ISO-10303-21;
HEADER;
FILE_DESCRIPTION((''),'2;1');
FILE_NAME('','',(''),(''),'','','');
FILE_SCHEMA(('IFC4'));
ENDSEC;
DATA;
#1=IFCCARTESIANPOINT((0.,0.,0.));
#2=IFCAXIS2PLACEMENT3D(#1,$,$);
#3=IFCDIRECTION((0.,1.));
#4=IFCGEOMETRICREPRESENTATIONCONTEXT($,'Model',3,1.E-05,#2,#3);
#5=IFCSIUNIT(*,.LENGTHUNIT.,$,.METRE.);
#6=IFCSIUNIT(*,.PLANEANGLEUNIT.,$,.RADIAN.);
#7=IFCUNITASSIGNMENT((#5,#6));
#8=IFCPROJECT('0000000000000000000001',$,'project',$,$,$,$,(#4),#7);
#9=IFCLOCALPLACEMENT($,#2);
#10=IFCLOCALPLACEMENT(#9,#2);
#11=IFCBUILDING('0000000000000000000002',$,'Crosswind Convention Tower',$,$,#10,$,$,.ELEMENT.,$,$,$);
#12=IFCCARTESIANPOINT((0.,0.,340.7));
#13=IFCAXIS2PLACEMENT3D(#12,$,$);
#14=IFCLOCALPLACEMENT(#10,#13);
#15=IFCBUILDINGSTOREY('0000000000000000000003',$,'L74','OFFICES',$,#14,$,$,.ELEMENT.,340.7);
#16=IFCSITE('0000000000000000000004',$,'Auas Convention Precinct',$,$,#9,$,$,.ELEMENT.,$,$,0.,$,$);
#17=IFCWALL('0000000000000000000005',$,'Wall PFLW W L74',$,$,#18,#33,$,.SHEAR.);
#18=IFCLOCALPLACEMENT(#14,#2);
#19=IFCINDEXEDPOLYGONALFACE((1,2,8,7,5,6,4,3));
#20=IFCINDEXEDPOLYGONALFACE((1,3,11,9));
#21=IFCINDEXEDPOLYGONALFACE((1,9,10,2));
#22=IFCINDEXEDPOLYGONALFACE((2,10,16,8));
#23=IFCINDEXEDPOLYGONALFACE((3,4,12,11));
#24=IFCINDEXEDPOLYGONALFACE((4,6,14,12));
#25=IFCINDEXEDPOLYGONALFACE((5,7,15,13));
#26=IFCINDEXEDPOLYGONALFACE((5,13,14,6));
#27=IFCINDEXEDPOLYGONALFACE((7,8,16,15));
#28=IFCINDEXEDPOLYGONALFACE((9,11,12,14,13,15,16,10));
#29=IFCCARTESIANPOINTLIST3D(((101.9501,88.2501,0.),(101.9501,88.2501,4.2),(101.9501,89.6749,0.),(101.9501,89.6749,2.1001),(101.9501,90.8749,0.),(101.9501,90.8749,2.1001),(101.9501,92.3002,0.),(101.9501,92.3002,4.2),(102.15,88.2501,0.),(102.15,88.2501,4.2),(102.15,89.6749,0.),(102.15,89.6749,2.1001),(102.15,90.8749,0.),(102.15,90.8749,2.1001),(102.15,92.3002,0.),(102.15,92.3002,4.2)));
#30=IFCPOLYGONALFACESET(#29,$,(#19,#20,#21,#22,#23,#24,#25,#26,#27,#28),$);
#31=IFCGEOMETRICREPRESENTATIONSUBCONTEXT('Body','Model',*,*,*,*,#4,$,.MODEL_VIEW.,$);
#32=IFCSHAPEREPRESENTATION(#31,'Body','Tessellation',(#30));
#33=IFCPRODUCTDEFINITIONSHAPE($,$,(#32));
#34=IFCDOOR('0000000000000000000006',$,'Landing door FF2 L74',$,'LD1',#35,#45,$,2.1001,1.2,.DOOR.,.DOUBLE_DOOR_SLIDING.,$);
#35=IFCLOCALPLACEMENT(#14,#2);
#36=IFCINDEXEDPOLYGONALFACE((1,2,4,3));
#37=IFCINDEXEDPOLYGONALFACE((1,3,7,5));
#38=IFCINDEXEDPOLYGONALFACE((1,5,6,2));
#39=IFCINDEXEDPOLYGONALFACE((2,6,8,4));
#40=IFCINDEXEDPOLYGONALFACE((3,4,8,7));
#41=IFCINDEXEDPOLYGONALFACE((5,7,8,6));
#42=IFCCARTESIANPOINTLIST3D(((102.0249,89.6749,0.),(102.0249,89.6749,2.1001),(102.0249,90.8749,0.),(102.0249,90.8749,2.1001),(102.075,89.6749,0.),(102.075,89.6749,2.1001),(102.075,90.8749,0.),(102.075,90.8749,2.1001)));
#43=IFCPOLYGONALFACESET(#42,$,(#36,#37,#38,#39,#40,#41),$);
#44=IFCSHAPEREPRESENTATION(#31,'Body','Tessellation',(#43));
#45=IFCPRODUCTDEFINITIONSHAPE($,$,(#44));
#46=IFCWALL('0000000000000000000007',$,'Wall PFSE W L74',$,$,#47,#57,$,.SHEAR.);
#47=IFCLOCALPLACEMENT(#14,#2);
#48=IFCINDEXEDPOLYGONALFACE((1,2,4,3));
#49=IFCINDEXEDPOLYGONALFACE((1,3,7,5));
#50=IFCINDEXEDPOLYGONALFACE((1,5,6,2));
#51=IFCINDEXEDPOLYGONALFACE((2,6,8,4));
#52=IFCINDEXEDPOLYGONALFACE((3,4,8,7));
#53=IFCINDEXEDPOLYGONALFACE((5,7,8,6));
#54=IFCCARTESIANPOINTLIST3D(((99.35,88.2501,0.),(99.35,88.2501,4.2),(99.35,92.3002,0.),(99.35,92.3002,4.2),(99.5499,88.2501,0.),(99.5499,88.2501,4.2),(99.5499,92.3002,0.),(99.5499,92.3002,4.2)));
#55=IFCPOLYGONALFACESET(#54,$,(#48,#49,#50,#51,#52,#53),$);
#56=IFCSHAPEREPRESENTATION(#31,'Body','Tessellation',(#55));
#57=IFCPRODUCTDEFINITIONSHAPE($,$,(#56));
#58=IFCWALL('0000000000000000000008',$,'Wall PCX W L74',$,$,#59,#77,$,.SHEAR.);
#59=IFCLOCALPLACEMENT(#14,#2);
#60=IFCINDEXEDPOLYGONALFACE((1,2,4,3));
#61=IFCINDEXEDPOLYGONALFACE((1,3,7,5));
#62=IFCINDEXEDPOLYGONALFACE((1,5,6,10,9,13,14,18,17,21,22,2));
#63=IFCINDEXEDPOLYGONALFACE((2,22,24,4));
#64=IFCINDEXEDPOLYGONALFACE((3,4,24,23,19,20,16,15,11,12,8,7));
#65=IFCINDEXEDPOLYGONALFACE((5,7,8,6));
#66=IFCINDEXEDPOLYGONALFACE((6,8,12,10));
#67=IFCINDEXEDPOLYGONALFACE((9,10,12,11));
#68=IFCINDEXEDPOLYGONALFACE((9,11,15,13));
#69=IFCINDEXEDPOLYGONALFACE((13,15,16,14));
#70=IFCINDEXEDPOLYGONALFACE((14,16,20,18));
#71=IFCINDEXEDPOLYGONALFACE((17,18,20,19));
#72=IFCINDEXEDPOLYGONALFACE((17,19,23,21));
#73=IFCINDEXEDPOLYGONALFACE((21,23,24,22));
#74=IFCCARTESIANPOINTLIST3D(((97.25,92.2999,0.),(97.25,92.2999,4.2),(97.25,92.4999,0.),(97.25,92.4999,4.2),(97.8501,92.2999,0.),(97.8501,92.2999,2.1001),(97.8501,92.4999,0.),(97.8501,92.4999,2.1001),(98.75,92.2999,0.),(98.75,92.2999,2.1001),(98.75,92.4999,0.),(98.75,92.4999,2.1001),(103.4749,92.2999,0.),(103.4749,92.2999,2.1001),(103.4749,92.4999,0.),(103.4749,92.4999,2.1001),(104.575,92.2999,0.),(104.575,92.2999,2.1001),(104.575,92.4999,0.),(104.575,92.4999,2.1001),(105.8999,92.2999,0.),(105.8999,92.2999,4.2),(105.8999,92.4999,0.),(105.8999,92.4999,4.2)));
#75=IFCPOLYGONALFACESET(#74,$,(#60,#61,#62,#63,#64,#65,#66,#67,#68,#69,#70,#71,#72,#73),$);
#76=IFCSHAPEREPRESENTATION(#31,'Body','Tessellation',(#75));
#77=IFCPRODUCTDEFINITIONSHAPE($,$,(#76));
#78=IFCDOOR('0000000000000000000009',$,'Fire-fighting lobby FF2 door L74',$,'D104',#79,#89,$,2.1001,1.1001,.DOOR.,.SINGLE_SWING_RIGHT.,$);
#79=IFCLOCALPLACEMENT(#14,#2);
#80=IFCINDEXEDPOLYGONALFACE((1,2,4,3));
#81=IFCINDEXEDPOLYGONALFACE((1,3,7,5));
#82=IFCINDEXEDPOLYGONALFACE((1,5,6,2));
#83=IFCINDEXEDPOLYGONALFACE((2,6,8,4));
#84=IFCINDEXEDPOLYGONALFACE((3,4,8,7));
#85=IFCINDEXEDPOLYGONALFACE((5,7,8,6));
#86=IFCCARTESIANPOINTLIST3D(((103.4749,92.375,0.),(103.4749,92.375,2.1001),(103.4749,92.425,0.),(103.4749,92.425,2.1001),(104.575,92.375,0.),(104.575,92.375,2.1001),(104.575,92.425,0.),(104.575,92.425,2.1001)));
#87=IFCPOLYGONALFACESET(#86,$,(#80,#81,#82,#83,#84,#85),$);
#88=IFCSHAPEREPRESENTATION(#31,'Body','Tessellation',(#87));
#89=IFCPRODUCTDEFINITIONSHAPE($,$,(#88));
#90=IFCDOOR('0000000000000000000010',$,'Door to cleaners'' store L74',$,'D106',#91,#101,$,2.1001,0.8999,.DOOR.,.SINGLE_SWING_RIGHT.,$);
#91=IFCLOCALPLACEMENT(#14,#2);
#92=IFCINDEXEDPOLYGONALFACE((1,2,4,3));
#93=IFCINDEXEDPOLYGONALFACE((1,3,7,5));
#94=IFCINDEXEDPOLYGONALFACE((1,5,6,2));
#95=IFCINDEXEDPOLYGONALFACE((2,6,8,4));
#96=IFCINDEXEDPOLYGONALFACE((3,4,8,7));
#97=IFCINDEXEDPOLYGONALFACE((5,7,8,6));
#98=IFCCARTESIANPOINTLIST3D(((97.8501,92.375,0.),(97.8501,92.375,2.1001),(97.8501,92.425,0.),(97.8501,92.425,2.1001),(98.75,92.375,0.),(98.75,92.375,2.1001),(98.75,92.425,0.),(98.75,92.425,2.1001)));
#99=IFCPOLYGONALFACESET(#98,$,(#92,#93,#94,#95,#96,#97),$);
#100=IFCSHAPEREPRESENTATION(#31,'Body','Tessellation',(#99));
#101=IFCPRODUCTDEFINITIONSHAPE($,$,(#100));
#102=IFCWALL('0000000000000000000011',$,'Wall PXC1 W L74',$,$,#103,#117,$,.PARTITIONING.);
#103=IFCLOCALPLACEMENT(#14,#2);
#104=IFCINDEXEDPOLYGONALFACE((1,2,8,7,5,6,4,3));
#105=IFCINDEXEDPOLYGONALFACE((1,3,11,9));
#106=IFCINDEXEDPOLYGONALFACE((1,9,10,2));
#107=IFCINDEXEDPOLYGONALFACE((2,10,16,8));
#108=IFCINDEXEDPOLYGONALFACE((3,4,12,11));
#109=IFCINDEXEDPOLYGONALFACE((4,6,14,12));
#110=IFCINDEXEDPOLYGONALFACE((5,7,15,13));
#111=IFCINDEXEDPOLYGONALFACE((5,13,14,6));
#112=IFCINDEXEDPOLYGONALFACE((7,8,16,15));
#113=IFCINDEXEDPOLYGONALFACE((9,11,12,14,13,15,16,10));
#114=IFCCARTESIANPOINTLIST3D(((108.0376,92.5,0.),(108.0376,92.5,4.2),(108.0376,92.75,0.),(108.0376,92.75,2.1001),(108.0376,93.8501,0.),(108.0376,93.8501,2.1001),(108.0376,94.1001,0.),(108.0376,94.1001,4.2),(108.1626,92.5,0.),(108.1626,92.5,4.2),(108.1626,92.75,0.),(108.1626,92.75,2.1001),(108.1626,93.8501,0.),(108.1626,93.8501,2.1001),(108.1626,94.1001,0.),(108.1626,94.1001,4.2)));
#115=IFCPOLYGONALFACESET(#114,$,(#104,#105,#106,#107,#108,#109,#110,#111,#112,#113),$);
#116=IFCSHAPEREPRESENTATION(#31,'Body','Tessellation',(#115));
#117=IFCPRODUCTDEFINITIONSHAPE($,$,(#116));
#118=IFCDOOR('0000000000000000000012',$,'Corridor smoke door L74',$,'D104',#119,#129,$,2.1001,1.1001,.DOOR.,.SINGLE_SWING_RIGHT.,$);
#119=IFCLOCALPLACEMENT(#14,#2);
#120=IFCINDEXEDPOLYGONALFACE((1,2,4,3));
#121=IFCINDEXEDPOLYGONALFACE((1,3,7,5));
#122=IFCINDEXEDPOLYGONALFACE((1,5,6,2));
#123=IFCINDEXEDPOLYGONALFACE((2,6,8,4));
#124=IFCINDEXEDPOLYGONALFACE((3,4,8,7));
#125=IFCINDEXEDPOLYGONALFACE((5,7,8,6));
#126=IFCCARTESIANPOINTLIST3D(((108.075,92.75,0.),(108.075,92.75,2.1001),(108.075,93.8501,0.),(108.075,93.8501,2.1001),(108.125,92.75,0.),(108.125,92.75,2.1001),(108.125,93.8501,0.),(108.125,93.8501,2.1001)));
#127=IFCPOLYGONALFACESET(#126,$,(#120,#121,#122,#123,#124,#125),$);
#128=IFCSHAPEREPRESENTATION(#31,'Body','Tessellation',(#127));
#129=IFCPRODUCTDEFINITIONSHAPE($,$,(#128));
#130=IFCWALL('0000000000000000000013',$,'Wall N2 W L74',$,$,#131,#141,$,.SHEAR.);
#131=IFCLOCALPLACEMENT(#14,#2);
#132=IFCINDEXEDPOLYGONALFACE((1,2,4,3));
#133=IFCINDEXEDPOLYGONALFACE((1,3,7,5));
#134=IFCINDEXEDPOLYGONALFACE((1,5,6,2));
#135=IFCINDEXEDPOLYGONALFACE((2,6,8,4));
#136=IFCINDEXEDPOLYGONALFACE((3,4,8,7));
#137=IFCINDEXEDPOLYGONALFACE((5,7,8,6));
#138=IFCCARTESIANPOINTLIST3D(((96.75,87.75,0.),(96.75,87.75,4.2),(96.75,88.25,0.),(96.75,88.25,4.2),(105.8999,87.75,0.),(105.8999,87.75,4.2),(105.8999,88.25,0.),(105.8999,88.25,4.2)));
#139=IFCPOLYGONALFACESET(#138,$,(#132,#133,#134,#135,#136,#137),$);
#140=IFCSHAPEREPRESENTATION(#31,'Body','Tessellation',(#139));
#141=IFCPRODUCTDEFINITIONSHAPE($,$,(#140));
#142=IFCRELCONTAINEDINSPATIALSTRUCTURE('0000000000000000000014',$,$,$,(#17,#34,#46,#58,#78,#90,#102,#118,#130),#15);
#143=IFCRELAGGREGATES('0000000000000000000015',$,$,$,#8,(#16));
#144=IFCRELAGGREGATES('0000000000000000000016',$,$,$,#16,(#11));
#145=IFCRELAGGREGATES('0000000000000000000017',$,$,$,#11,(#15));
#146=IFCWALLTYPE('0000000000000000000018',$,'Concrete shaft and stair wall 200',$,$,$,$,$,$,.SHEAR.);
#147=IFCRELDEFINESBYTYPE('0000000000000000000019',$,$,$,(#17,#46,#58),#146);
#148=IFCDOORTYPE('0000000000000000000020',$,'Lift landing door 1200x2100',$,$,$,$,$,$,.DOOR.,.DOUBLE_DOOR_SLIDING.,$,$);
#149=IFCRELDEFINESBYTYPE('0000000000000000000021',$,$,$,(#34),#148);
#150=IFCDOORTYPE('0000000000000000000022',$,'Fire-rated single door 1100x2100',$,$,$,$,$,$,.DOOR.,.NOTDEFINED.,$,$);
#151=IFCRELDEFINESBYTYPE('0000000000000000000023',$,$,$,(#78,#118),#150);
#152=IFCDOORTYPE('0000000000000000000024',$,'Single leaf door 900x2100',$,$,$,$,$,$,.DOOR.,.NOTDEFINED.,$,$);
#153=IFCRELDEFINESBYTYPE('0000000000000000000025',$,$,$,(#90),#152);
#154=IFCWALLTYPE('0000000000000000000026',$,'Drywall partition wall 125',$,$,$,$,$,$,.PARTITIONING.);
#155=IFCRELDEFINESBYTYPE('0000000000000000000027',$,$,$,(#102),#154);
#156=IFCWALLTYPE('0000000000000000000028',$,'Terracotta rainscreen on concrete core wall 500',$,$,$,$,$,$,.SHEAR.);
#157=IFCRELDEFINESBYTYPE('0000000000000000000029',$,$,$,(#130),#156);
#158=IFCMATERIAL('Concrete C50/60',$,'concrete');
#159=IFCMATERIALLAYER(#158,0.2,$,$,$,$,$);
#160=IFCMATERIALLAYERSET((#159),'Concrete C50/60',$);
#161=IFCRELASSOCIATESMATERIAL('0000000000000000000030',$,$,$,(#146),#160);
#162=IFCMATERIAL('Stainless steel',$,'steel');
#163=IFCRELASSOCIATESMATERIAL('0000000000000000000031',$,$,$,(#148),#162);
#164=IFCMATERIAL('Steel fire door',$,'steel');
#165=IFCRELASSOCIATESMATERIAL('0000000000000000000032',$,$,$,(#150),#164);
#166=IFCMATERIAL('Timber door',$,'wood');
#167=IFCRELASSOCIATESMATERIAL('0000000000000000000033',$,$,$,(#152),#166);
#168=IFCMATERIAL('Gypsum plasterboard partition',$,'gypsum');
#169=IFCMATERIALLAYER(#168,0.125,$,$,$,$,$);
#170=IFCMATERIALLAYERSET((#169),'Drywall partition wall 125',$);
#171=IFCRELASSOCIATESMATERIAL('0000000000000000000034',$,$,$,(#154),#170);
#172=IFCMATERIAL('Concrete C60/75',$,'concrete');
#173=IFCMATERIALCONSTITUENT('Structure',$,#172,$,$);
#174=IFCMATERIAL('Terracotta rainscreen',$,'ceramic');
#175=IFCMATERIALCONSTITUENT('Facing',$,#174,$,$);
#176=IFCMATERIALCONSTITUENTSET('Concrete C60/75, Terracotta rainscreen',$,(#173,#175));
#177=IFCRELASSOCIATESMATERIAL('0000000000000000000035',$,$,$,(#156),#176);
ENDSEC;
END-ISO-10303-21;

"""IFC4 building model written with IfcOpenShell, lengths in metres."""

from ifc_helpers import new_model, si_unit, direction, frame, frame_2d, origin, place, context, subcontext, project, spatial, rectangle, extrude, material, layer, layer_set, constituent, constituent_set, type_object, element, fill, save


model = new_model("IFC4")

# Units and contexts
model_context = context("Model", 3, precision=1e-05, world=origin(), true_north=direction((0.0, 1.0)))
body_context = subcontext(model_context, "Body", "Model", "MODEL_VIEW")
ifc_project = project(units=[si_unit("LENGTHUNIT", "METRE"), si_unit("PLANEANGLEUNIT", "RADIAN")], contexts=[model_context])

# Site, building, storey
site_placement = place(None, origin())
site = spatial("IfcSite", under=ifc_project, at=site_placement, Name="Auas Convention Precinct", CompositionType="ELEMENT", RefElevation=0.0)
building_placement = place(site_placement, origin())
building = spatial("IfcBuilding", under=site, at=building_placement, Name="Crosswind Convention Tower", CompositionType="ELEMENT")
storey_placement = place(building_placement, frame((0.0, 0.0, 340.7)))
storey = spatial("IfcBuildingStorey", under=building, at=storey_placement, Name="L74", Description="OFFICES", CompositionType="ELEMENT", Elevation=340.7)

# Shared definitions
ifc_material_1 = material(Name="Concrete C50/60", Category="concrete")
ifc_layer_1 = layer(ifc_material_1, 0.2)
ifc_layer_set_1 = layer_set([ifc_layer_1], Name="Concrete C50/60")
wall_type_1 = type_object("IfcWallType", Name="Concrete shaft and stair wall 200", PredefinedType="SHEAR", material=ifc_layer_set_1)

# Wall, opening, door
wall_1_placement = place(storey_placement, frame((102.05, 92.3, 0.0), z_axis=(0.0, 0.0, 1.0), x_axis=(0.0, -1.0, 0.0)))
wall_1 = element("IfcWall", 1, at=wall_1_placement, inside=storey, type_object=wall_type_1, Name="Wall PFLW W L74", PredefinedType="SHEAR", context=body_context, shape_type="SweptSolid", body=[
    extrude(rectangle(XDim=4.05, YDim=0.2, at=frame_2d((2.0249, 0.0))), origin(), (0.0, 0.0, 1.0), 4.2),
])
opening_1_placement = place(wall_1_placement, frame((1.425, 0.0, 0.0)))
opening_1 = element("IfcOpeningElement", 2, at=opening_1_placement, cuts=wall_1, PredefinedType="OPENING", context=body_context, shape_type="SweptSolid", body=[
    extrude(rectangle(XDim=1.2, YDim=2.1001, at=frame_2d((0.6001, 1.05))), frame((0.0, 0.1099, 0.0), z_axis=(0.0, -1.0, 0.0), x_axis=(1.0, 0.0, 0.0)), (0.0, 0.0, 1.0), 0.22),
])
ifc_material_2 = material(Name="Stainless steel", Category="steel")
door_type_1 = type_object("IfcDoorType", Name="Lift landing door 1200x2100", OperationType="DOUBLE_DOOR_SLIDING", PredefinedType="DOOR", material=ifc_material_2)
door_1_placement = place(opening_1_placement, origin())
door_1 = element("IfcDoor", 3, at=door_1_placement, inside=storey, type_object=door_type_1, Name="Landing door FF2 L74", ObjectType="LD1", OperationType="DOUBLE_DOOR_SLIDING", OverallHeight=2.1001, OverallWidth=1.2, PredefinedType="DOOR", context=body_context, shape_type="SweptSolid", body=[
    extrude(rectangle(XDim=1.2, YDim=2.1001, at=frame_2d((0.6001, 1.05))), frame((0.0, 0.0249, 0.0), z_axis=(0.0, -1.0, 0.0), x_axis=(1.0, 0.0, 0.0)), (0.0, 0.0, 1.0), 0.05),
])
fill(opening_1, door_1)

# Wall
wall_2_placement = place(storey_placement, frame((99.45, 92.3, 0.0), z_axis=(0.0, 0.0, 1.0), x_axis=(0.0, -1.0, 0.0)))
element("IfcWall", 4, at=wall_2_placement, inside=storey, type_object=wall_type_1, Name="Wall PFSE W L74", PredefinedType="SHEAR", context=body_context, shape_type="SweptSolid", body=[
    extrude(rectangle(XDim=4.05, YDim=0.2, at=frame_2d((2.0249, 0.0))), origin(), (0.0, 0.0, 1.0), 4.2),
])

# Wall, openings, doors
wall_3_placement = place(storey_placement, frame((105.8999, 92.3999, 0.0), z_axis=(0.0, 0.0, 1.0), x_axis=(-1.0, 0.0, 0.0)))
wall_3 = element("IfcWall", 5, at=wall_3_placement, inside=storey, type_object=wall_type_1, Name="Wall PCX W L74", PredefinedType="SHEAR", context=body_context, shape_type="SweptSolid", body=[
    extrude(rectangle(XDim=8.6499, YDim=0.2, at=frame_2d((4.325, 0.0))), origin(), (0.0, 0.0, 1.0), 4.2),
])
opening_2_placement = place(wall_3_placement, frame((1.325, 0.0, 0.0)))
opening_2 = element("IfcOpeningElement", 6, at=opening_2_placement, cuts=wall_3, PredefinedType="OPENING", context=body_context, shape_type="SweptSolid", body=[
    extrude(rectangle(XDim=1.1001, YDim=2.1001, at=frame_2d((0.55, 1.05))), frame((0.0, 0.1099, 0.0), z_axis=(0.0, -1.0, 0.0), x_axis=(1.0, 0.0, 0.0)), (0.0, 0.0, 1.0), 0.22),
])
opening_3_placement = place(wall_3_placement, frame((7.1499, 0.0, 0.0)))
opening_3 = element("IfcOpeningElement", 7, at=opening_3_placement, cuts=wall_3, PredefinedType="OPENING", context=body_context, shape_type="SweptSolid", body=[
    extrude(rectangle(XDim=0.8999, YDim=2.1001, at=frame_2d((0.45, 1.05))), frame((0.0, 0.1099, 0.0), z_axis=(0.0, -1.0, 0.0), x_axis=(1.0, 0.0, 0.0)), (0.0, 0.0, 1.0), 0.22),
])
ifc_material_3 = material(Name="Steel fire door", Category="steel")
door_type_2 = type_object("IfcDoorType", Name="Fire-rated single door 1100x2100", OperationType="NOTDEFINED", PredefinedType="DOOR", material=ifc_material_3)
door_2_placement = place(opening_2_placement, origin())
door_2 = element("IfcDoor", 8, at=door_2_placement, inside=storey, type_object=door_type_2, Name="Fire-fighting lobby FF2 door L74", ObjectType="D104", OperationType="SINGLE_SWING_RIGHT", OverallHeight=2.1001, OverallWidth=1.1001, PredefinedType="DOOR", context=body_context, shape_type="SweptSolid", body=[
    extrude(rectangle(XDim=1.1001, YDim=2.1001, at=frame_2d((0.55, 1.05))), frame((0.0, 0.0249, 0.0), z_axis=(0.0, -1.0, 0.0), x_axis=(1.0, 0.0, 0.0)), (0.0, 0.0, 1.0), 0.05),
])
fill(opening_2, door_2)
ifc_material_4 = material(Name="Timber door", Category="wood")
door_type_3 = type_object("IfcDoorType", Name="Single leaf door 900x2100", OperationType="NOTDEFINED", PredefinedType="DOOR", material=ifc_material_4)
door_3_placement = place(opening_3_placement, origin())
door_3 = element("IfcDoor", 9, at=door_3_placement, inside=storey, type_object=door_type_3, Name="Door to cleaners' store L74", ObjectType="D106", OperationType="SINGLE_SWING_RIGHT", OverallHeight=2.1001, OverallWidth=0.8999, PredefinedType="DOOR", context=body_context, shape_type="SweptSolid", body=[
    extrude(rectangle(XDim=0.8999, YDim=2.1001, at=frame_2d((0.45, 1.05))), frame((0.0, 0.0249, 0.0), z_axis=(0.0, -1.0, 0.0), x_axis=(1.0, 0.0, 0.0)), (0.0, 0.0, 1.0), 0.05),
])
fill(opening_3, door_3)

# Wall, opening, door
ifc_material_5 = material(Name="Gypsum plasterboard partition", Category="gypsum")
ifc_layer_2 = layer(ifc_material_5, 0.125)
ifc_layer_set_2 = layer_set([ifc_layer_2], Name="Drywall partition wall 125")
wall_type_2 = type_object("IfcWallType", Name="Drywall partition wall 125", PredefinedType="PARTITIONING", material=ifc_layer_set_2)
wall_4_placement = place(storey_placement, frame((108.1001, 94.1001, 0.0), z_axis=(0.0, 0.0, 1.0), x_axis=(0.0, -1.0, 0.0)))
wall_4 = element("IfcWall", 10, at=wall_4_placement, inside=storey, type_object=wall_type_2, Name="Wall PXC1 W L74", PredefinedType="PARTITIONING", context=body_context, shape_type="SweptSolid", body=[
    extrude(rectangle(XDim=1.6001, YDim=0.125, at=frame_2d((0.8, 0.0))), origin(), (0.0, 0.0, 1.0), 4.2),
])
opening_4_placement = place(wall_4_placement, frame((0.25, 0.0, 0.0)))
opening_4 = element("IfcOpeningElement", 11, at=opening_4_placement, cuts=wall_4, PredefinedType="OPENING", context=body_context, shape_type="SweptSolid", body=[
    extrude(rectangle(XDim=1.1001, YDim=2.1001, at=frame_2d((0.55, 1.05))), frame((0.0, 0.0725, 0.0), z_axis=(0.0, -1.0, 0.0), x_axis=(1.0, 0.0, 0.0)), (0.0, 0.0, 1.0), 0.145),
])
door_4_placement = place(opening_4_placement, origin())
door_4 = element("IfcDoor", 12, at=door_4_placement, inside=storey, type_object=door_type_2, Name="Corridor smoke door L74", ObjectType="D104", OperationType="SINGLE_SWING_RIGHT", OverallHeight=2.1001, OverallWidth=1.1001, PredefinedType="DOOR", context=body_context, shape_type="SweptSolid", body=[
    extrude(rectangle(XDim=1.1001, YDim=2.1001, at=frame_2d((0.55, 1.05))), frame((0.0, 0.0249, 0.0), z_axis=(0.0, -1.0, 0.0), x_axis=(1.0, 0.0, 0.0)), (0.0, 0.0, 1.0), 0.05),
])
fill(opening_4, door_4)

# Wall
ifc_material_6 = material(Name="Concrete C60/75", Category="concrete")
ifc_constituent_1 = constituent(ifc_material_6, Name="Structure")
ifc_material_7 = material(Name="Terracotta rainscreen", Category="ceramic")
ifc_constituent_2 = constituent(ifc_material_7, Name="Facing")
ifc_constituent_set = constituent_set(constituents=[ifc_constituent_1, ifc_constituent_2], Name="Concrete C60/75, Terracotta rainscreen")
wall_type_3 = type_object("IfcWallType", Name="Terracotta rainscreen on concrete core wall 500", PredefinedType="SHEAR", material=ifc_constituent_set)
wall_5_placement = place(storey_placement, frame((105.8999, 88.0, 0.0), z_axis=(0.0, 0.0, 1.0), x_axis=(-1.0, 0.0, 0.0)))
element("IfcWall", 13, at=wall_5_placement, inside=storey, type_object=wall_type_3, Name="Wall N2 W L74", PredefinedType="SHEAR", context=body_context, shape_type="SweptSolid", body=[
    extrude(rectangle(XDim=9.1499, YDim=0.5, at=frame_2d((4.575, 0.0))), origin(), (0.0, 0.0, 1.0), 4.2),
])

save(model, "model.ifc")
